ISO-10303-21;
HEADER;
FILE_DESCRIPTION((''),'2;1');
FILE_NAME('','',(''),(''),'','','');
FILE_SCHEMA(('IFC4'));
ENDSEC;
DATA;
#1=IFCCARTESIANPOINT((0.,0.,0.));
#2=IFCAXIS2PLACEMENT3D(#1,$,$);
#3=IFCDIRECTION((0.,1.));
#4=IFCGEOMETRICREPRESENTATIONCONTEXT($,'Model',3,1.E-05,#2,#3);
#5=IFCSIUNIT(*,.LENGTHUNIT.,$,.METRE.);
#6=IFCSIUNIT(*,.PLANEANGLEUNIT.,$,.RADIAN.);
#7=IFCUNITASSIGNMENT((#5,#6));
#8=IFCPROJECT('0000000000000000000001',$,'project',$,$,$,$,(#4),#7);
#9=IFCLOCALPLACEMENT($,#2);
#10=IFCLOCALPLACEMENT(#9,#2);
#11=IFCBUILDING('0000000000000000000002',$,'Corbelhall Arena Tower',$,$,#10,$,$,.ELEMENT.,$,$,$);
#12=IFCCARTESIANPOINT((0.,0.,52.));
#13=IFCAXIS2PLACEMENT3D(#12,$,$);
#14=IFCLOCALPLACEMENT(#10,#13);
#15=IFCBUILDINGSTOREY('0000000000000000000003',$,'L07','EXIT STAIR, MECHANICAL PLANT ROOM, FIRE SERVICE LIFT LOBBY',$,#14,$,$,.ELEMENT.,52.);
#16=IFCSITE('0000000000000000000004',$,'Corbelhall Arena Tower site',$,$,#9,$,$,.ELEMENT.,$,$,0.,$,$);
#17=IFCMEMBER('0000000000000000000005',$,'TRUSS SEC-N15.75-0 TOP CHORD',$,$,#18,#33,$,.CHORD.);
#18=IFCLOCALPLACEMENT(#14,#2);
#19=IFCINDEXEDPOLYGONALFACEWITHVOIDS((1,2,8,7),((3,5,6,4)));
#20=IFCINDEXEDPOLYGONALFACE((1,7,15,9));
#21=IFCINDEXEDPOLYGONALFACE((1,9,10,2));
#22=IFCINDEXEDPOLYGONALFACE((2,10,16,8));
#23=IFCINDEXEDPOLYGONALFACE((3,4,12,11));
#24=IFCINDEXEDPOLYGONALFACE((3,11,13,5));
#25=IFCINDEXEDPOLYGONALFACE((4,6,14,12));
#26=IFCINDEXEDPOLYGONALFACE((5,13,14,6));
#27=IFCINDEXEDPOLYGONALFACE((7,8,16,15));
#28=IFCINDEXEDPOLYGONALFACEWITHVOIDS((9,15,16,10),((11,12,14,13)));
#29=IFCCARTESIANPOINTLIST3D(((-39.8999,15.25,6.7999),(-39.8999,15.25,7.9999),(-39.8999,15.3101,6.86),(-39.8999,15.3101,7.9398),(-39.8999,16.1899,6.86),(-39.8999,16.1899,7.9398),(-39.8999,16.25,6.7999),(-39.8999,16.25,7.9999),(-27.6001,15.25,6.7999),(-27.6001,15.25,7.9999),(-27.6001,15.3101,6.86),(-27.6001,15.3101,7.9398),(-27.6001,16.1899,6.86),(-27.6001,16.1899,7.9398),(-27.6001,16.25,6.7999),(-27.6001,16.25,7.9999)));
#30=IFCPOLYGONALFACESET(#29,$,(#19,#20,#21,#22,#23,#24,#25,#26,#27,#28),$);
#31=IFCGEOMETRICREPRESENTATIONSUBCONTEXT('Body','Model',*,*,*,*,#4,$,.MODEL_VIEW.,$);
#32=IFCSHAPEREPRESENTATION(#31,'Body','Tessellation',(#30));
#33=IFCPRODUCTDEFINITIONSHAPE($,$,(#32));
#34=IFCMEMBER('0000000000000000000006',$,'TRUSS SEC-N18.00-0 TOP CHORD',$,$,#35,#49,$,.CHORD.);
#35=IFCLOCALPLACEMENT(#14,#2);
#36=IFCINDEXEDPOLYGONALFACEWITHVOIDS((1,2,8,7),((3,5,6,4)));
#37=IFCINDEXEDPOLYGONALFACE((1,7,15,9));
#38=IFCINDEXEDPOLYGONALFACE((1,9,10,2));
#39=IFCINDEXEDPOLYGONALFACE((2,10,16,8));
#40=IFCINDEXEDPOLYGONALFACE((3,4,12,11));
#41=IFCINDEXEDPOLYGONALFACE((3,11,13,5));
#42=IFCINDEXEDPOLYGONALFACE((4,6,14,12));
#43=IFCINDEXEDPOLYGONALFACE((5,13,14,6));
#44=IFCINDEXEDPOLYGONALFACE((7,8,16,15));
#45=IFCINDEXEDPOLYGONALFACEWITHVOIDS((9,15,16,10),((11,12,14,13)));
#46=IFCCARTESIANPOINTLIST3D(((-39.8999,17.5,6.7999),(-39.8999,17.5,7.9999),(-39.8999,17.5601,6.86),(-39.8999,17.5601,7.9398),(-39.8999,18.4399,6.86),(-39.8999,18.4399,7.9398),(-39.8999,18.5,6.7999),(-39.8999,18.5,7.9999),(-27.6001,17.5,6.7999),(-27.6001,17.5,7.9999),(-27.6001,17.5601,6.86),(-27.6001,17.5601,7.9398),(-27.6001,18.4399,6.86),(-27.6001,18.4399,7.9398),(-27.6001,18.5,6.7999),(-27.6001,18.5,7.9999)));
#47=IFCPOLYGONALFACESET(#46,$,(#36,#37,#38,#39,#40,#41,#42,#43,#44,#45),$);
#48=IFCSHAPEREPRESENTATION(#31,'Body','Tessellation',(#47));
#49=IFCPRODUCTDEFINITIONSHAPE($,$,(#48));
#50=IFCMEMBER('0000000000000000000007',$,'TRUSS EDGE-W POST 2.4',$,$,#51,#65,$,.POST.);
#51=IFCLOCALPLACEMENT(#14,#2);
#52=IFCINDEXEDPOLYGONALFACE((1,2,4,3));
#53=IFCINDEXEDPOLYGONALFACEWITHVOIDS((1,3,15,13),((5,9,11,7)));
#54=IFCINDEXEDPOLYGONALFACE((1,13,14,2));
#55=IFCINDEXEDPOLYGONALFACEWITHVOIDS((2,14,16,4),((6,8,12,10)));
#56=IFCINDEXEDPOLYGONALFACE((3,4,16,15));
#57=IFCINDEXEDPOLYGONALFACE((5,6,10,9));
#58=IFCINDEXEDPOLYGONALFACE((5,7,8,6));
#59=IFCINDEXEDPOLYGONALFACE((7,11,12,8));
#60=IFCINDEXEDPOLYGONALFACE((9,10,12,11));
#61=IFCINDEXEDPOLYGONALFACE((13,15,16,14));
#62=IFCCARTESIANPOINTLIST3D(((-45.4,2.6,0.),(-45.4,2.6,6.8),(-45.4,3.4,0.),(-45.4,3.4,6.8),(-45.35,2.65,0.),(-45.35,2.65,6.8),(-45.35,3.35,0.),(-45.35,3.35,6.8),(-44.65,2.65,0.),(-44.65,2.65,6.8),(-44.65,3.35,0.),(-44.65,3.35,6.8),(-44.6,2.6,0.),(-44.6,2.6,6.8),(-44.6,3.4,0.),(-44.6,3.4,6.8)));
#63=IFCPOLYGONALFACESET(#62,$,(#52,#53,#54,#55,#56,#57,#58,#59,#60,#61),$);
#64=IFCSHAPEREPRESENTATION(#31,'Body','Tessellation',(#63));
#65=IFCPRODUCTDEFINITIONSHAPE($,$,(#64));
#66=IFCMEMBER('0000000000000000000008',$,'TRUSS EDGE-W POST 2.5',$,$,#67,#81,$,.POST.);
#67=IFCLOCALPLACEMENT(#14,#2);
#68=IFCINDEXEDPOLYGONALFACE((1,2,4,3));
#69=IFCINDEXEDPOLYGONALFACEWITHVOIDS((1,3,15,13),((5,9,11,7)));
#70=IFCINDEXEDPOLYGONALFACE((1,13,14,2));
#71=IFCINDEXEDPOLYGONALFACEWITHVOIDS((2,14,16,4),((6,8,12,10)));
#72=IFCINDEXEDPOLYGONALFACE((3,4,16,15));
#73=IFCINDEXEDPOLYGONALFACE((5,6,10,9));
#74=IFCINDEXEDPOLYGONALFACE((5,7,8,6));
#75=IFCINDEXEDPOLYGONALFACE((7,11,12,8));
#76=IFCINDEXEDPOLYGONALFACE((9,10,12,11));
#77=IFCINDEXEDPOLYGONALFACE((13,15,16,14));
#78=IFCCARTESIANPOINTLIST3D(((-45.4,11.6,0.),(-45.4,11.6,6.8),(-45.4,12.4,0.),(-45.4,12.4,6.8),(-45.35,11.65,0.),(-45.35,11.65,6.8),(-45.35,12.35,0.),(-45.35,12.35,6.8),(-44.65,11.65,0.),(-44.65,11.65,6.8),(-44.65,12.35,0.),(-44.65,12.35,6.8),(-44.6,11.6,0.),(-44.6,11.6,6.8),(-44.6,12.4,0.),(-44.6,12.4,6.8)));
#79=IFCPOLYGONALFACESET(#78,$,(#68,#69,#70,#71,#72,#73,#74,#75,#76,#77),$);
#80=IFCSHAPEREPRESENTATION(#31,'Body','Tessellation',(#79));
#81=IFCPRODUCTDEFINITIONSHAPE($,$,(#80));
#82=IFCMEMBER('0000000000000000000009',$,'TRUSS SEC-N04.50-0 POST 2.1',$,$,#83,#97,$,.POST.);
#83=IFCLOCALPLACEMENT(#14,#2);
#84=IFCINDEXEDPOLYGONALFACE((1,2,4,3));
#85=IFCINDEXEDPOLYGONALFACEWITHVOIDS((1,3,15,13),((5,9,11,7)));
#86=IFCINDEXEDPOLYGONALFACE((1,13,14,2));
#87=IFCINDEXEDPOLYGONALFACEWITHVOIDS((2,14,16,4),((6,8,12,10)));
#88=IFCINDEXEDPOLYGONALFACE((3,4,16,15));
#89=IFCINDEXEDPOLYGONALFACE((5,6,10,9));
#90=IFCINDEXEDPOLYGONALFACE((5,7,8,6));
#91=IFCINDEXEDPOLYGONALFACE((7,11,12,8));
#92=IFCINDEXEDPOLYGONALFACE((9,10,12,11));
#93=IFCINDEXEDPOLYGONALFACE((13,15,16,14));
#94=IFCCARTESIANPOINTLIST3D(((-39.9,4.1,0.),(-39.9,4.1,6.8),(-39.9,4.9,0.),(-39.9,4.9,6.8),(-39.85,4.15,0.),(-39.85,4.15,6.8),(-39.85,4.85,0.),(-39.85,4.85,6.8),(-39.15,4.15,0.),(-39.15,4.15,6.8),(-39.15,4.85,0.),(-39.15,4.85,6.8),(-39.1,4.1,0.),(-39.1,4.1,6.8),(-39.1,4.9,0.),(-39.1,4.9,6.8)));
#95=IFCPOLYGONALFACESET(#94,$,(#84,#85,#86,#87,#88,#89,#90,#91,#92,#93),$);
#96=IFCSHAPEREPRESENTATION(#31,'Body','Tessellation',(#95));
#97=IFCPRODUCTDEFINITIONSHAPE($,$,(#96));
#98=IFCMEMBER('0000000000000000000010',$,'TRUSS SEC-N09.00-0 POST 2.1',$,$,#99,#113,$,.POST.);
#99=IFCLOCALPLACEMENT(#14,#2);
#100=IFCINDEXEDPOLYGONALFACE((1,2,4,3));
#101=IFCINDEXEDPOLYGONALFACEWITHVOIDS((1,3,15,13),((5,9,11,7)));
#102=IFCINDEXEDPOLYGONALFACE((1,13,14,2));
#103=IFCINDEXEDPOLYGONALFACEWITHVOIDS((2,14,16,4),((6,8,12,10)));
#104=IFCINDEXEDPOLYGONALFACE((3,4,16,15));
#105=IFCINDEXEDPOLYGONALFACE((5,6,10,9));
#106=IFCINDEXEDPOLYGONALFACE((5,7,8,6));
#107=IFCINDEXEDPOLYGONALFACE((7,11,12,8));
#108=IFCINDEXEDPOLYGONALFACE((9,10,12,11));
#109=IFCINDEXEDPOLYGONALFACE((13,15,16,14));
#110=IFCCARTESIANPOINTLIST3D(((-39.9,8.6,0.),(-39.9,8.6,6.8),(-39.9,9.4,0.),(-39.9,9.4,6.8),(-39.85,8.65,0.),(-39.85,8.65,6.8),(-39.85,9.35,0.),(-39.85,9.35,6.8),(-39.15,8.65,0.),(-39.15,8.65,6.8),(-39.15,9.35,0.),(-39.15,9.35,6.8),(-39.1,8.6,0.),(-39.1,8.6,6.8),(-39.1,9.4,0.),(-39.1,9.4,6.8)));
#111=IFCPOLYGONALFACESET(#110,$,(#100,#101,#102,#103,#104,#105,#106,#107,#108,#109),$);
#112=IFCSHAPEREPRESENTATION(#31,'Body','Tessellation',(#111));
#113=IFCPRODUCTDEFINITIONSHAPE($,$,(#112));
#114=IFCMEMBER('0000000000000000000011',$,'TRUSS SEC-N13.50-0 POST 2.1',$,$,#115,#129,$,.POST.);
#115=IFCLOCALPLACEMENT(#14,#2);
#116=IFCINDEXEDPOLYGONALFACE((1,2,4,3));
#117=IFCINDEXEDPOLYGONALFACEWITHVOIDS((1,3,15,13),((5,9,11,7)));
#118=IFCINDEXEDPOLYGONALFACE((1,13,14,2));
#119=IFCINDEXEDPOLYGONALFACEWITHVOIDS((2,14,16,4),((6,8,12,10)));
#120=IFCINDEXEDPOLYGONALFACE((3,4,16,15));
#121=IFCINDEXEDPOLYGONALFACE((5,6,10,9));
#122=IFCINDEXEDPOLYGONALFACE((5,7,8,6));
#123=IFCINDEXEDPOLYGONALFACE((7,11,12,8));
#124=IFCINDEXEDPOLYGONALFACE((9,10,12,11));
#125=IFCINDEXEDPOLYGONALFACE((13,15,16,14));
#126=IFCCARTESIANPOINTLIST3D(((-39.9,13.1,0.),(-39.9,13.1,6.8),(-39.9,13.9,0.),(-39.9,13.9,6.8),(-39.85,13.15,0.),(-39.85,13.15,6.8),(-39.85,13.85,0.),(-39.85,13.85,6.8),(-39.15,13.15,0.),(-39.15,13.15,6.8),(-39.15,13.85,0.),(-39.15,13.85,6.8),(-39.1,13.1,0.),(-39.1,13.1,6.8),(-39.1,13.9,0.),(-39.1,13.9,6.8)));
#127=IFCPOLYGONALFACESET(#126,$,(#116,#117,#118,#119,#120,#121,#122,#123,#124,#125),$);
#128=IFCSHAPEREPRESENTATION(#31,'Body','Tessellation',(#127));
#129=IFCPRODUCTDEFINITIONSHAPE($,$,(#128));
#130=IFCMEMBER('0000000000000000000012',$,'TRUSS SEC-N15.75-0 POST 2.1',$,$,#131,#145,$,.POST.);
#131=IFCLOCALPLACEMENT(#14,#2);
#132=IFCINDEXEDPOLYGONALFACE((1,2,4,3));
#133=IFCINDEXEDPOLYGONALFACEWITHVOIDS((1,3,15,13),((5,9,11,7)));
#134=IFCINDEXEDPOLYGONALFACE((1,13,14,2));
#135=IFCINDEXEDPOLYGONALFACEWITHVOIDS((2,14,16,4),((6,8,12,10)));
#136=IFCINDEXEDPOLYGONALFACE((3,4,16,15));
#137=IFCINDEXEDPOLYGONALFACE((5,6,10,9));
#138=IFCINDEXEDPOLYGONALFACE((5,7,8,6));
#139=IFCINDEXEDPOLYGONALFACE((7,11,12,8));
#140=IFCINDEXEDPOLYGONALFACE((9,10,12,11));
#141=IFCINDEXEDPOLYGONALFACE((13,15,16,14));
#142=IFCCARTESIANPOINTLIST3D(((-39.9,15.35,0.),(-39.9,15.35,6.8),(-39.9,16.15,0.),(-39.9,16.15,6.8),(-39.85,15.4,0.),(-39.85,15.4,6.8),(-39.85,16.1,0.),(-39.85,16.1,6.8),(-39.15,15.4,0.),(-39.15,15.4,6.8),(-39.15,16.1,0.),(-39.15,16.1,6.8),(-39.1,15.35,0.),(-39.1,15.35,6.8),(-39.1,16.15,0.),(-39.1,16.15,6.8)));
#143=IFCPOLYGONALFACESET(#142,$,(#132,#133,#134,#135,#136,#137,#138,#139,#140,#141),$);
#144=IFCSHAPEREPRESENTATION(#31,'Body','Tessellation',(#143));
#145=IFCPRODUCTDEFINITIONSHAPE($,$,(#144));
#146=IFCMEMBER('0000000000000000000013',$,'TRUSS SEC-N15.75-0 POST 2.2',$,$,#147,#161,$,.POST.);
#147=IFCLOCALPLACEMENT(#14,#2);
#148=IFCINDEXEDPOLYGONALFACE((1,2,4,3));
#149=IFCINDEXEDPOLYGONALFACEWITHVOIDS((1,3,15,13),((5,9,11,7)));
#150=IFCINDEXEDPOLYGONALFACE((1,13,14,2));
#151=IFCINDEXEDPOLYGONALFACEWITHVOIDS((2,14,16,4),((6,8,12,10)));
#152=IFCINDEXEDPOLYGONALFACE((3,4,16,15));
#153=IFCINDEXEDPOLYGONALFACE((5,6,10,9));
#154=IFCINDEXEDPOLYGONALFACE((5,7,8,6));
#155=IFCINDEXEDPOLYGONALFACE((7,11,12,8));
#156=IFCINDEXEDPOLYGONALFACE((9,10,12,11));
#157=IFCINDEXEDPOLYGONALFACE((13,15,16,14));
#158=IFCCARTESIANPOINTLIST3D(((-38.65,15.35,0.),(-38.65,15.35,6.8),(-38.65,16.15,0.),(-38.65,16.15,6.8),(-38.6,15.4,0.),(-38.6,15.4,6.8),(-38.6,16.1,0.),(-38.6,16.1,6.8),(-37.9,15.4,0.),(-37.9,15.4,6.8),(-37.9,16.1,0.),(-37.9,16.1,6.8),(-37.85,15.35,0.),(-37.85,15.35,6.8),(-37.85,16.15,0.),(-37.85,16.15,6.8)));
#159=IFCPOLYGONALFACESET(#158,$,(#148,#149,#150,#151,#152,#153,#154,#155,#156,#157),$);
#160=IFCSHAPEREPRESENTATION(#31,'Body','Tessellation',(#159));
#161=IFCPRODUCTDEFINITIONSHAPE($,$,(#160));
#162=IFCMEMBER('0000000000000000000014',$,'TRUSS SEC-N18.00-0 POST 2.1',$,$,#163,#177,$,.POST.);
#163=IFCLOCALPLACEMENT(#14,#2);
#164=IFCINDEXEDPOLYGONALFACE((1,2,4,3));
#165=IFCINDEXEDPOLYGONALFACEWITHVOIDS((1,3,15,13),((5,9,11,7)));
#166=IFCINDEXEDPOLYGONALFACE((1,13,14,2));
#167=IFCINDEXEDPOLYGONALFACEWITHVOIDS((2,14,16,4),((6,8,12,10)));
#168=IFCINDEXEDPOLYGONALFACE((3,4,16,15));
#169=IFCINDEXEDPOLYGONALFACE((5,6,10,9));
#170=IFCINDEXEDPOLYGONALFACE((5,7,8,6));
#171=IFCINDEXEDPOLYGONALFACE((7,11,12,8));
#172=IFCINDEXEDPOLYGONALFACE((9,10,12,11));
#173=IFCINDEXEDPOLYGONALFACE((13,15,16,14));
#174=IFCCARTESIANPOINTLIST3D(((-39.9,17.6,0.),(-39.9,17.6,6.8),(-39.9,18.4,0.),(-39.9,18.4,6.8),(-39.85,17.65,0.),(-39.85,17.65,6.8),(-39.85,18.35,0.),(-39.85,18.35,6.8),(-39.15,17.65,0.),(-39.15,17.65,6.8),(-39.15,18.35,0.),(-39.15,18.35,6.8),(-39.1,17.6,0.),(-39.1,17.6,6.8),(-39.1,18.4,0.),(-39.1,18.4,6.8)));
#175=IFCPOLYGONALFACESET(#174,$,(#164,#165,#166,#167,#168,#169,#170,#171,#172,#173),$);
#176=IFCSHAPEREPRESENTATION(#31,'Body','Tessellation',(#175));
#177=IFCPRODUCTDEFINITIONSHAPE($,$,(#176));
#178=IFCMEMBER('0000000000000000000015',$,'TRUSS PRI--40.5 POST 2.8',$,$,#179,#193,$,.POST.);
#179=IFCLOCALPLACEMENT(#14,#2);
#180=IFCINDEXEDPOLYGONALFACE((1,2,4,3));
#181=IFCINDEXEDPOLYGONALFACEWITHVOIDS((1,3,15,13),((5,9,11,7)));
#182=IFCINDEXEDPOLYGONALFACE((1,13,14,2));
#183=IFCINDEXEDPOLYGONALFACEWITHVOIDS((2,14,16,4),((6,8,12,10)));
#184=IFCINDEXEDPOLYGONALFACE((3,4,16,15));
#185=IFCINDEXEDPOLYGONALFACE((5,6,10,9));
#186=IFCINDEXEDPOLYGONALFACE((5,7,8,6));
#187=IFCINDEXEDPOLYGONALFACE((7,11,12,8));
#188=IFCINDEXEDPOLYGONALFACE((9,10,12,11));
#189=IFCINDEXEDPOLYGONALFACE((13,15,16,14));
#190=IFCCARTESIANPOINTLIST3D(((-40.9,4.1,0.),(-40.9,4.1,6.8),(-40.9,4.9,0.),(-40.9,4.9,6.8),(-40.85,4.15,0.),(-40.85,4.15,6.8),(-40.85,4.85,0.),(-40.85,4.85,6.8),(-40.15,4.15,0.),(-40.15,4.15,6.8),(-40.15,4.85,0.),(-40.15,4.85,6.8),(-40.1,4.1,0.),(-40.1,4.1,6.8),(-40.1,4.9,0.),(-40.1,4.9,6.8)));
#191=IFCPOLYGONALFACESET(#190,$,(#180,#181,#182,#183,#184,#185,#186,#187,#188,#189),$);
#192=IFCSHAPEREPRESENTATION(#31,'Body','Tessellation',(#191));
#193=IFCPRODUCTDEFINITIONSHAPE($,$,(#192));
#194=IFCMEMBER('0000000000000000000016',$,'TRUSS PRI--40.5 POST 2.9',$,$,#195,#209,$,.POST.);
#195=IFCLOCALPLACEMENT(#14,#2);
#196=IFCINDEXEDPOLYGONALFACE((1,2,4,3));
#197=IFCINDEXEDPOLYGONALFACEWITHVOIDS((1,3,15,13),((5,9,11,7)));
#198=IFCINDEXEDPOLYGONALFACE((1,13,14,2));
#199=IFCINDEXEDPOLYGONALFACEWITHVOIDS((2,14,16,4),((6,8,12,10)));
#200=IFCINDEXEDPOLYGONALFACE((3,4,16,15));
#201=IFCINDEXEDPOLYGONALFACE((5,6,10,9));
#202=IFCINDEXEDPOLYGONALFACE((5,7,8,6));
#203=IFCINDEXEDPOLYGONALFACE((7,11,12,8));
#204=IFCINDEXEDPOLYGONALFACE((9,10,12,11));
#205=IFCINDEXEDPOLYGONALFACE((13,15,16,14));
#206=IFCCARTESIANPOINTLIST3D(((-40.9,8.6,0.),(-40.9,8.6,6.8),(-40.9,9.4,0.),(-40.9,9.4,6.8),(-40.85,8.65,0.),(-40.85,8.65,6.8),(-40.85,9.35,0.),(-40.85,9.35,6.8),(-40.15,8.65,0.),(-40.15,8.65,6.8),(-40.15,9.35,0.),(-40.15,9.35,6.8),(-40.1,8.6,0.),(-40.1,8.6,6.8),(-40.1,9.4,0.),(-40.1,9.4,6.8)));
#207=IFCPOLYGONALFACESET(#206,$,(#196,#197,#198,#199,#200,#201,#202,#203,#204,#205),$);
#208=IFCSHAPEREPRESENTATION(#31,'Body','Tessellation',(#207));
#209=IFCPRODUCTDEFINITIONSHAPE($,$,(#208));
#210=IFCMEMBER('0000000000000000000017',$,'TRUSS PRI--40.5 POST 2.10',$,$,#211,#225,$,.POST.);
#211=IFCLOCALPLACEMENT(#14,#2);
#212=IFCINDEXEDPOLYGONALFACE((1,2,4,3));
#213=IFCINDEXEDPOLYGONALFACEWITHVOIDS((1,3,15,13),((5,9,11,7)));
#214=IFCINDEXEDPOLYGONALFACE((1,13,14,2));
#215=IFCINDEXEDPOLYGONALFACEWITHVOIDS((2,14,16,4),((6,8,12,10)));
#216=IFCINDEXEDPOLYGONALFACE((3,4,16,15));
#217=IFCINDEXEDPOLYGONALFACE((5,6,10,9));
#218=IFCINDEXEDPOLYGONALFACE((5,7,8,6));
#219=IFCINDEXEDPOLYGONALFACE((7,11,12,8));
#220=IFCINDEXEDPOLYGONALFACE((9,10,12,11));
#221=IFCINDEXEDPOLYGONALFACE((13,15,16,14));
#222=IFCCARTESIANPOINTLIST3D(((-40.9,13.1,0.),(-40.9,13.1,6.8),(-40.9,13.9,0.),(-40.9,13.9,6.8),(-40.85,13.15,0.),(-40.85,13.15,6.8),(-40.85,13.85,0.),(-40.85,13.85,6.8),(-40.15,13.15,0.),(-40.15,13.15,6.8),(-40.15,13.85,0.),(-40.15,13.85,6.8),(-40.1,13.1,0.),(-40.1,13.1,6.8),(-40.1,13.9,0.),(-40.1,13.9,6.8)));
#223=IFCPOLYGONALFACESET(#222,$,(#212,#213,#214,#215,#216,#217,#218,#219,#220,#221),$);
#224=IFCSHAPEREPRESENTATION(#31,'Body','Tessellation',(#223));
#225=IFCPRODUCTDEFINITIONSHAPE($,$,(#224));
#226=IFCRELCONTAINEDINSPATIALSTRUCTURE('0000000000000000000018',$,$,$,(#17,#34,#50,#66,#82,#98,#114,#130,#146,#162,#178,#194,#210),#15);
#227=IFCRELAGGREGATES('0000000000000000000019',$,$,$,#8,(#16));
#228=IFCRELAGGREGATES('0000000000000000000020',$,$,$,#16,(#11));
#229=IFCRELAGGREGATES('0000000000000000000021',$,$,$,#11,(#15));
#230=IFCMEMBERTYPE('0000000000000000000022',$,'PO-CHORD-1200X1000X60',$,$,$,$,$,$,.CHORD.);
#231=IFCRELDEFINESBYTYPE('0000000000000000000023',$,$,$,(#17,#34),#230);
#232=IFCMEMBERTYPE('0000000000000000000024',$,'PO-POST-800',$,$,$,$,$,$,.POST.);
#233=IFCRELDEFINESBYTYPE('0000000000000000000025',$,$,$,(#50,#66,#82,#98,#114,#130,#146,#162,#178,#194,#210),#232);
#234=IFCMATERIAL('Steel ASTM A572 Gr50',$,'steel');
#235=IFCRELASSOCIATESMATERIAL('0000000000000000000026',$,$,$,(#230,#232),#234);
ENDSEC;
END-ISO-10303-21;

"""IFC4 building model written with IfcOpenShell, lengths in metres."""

from ifc_helpers import new_model, si_unit, direction, frame, origin, origin_2d, place, context, subcontext, project, spatial, hollow_rectangle, extrude, material, material_profile, profile_set, type_object, element, save


model = new_model("IFC4")

# Units and contexts
model_context = context("Model", 3, precision=1e-05, world=origin(), true_north=direction((0.0, 1.0)))
body_context = subcontext(model_context, "Body", "Model", "MODEL_VIEW")
ifc_project = project(units=[si_unit("LENGTHUNIT", "METRE"), si_unit("PLANEANGLEUNIT", "RADIAN")], contexts=[model_context])

# Site, building, storey
site_placement = place(None, origin())
site = spatial("IfcSite", under=ifc_project, at=site_placement, Name="Corbelhall Arena Tower site", CompositionType="ELEMENT", RefElevation=0.0)
building_placement = place(site_placement, origin())
building = spatial("IfcBuilding", under=site, at=building_placement, Name="Corbelhall Arena Tower", CompositionType="ELEMENT")
storey_placement = place(building_placement, frame((0.0, 0.0, 52.0)))
storey = spatial("IfcBuildingStorey", under=building, at=storey_placement, Name="L07", Description="EXIT STAIR, MECHANICAL PLANT ROOM, FIRE SERVICE LIFT LOBBY", CompositionType="ELEMENT", Elevation=52.0)

# Members
ifc_material_1 = material(Name="Steel ASTM A572 Gr50", Category="steel")
ifc_material_profile_1 = material_profile(ifc_material_1, hollow_rectangle(XDim=1.0, YDim=1.2, WallThickness=0.0601, at=origin_2d()))
ifc_profile_set_1 = profile_set([ifc_material_profile_1], Name="Steel ASTM A572 Gr50")
member_type_1 = type_object("IfcMemberType", Name="PO-CHORD-1200X1000X60", PredefinedType="CHORD", material=ifc_profile_set_1)
for number, where, z_axis, x_axis, name in (
    (1, (-39.8999, 15.75, 7.3999), (1.0, 0.0, 0.0), (0.0, 1.0, 0.0), "TRUSS SEC-N15.75-0 TOP CHORD"),
    (2, (-39.8999, 18.0, 7.3999), (1.0, 0.0, 0.0), (0.0, 1.0, 0.0), "TRUSS SEC-N18.00-0 TOP CHORD"),
):
    element("IfcMember", number, at=place(storey_placement, frame(where, z_axis=z_axis, x_axis=x_axis)), inside=storey, type_object=member_type_1, Name=name, PredefinedType="CHORD", context=body_context, shape_type="SweptSolid", body=[
        extrude(hollow_rectangle(XDim=1.0, YDim=1.2, WallThickness=0.0601, at=origin_2d()), origin(), (0.0, 0.0, 1.0), 12.2998),
    ])
ifc_material_profile_2 = material_profile(ifc_material_1, hollow_rectangle(XDim=0.8, YDim=0.8, WallThickness=0.05, at=origin_2d()))
ifc_profile_set_2 = profile_set([ifc_material_profile_2], Name="Steel ASTM A572 Gr50")
member_type_2 = type_object("IfcMemberType", Name="PO-POST-800", PredefinedType="POST", material=ifc_profile_set_2)
for number, where, z_axis, x_axis, name in (
    (3, (-45.0, 3.0, 0.0), (0.0, 0.0, 1.0), (1.0, 0.0, 0.0), "TRUSS EDGE-W POST 2.4"),
    (4, (-45.0, 12.0, 0.0), (0.0, 0.0, 1.0), (1.0, 0.0, 0.0), "TRUSS EDGE-W POST 2.5"),
    (5, (-39.5, 4.5, 0.0), (0.0, 0.0, 1.0), (1.0, 0.0, 0.0), "TRUSS SEC-N04.50-0 POST 2.1"),
    (6, (-39.5, 9.0, 0.0), (0.0, 0.0, 1.0), (1.0, 0.0, 0.0), "TRUSS SEC-N09.00-0 POST 2.1"),
    (7, (-39.5, 13.5, 0.0), (0.0, 0.0, 1.0), (1.0, 0.0, 0.0), "TRUSS SEC-N13.50-0 POST 2.1"),
    (8, (-39.5, 15.75, 0.0), (0.0, 0.0, 1.0), (1.0, 0.0, 0.0), "TRUSS SEC-N15.75-0 POST 2.1"),
    (9, (-38.25, 15.75, 0.0), (0.0, 0.0, 1.0), (1.0, 0.0, 0.0), "TRUSS SEC-N15.75-0 POST 2.2"),
    (10, (-39.5, 18.0, 0.0), (0.0, 0.0, 1.0), (1.0, 0.0, 0.0), "TRUSS SEC-N18.00-0 POST 2.1"),
    (11, (-40.5, 4.5, 0.0), (0.0, 0.0, 1.0), (1.0, 0.0, 0.0), "TRUSS PRI--40.5 POST 2.8"),
    (12, (-40.5, 9.0, 0.0), (0.0, 0.0, 1.0), (1.0, 0.0, 0.0), "TRUSS PRI--40.5 POST 2.9"),
    (13, (-40.5, 13.5, 0.0), (0.0, 0.0, 1.0), (1.0, 0.0, 0.0), "TRUSS PRI--40.5 POST 2.10"),
):
    element("IfcMember", number, at=place(storey_placement, frame(where, z_axis=z_axis, x_axis=x_axis)), inside=storey, type_object=member_type_2, Name=name, PredefinedType="POST", context=body_context, shape_type="SweptSolid", body=[
        extrude(hollow_rectangle(XDim=0.8, YDim=0.8, WallThickness=0.05, at=origin_2d()), origin(), (0.0, 0.0, 1.0), 6.8),
    ])

save(model, "model.ifc")
